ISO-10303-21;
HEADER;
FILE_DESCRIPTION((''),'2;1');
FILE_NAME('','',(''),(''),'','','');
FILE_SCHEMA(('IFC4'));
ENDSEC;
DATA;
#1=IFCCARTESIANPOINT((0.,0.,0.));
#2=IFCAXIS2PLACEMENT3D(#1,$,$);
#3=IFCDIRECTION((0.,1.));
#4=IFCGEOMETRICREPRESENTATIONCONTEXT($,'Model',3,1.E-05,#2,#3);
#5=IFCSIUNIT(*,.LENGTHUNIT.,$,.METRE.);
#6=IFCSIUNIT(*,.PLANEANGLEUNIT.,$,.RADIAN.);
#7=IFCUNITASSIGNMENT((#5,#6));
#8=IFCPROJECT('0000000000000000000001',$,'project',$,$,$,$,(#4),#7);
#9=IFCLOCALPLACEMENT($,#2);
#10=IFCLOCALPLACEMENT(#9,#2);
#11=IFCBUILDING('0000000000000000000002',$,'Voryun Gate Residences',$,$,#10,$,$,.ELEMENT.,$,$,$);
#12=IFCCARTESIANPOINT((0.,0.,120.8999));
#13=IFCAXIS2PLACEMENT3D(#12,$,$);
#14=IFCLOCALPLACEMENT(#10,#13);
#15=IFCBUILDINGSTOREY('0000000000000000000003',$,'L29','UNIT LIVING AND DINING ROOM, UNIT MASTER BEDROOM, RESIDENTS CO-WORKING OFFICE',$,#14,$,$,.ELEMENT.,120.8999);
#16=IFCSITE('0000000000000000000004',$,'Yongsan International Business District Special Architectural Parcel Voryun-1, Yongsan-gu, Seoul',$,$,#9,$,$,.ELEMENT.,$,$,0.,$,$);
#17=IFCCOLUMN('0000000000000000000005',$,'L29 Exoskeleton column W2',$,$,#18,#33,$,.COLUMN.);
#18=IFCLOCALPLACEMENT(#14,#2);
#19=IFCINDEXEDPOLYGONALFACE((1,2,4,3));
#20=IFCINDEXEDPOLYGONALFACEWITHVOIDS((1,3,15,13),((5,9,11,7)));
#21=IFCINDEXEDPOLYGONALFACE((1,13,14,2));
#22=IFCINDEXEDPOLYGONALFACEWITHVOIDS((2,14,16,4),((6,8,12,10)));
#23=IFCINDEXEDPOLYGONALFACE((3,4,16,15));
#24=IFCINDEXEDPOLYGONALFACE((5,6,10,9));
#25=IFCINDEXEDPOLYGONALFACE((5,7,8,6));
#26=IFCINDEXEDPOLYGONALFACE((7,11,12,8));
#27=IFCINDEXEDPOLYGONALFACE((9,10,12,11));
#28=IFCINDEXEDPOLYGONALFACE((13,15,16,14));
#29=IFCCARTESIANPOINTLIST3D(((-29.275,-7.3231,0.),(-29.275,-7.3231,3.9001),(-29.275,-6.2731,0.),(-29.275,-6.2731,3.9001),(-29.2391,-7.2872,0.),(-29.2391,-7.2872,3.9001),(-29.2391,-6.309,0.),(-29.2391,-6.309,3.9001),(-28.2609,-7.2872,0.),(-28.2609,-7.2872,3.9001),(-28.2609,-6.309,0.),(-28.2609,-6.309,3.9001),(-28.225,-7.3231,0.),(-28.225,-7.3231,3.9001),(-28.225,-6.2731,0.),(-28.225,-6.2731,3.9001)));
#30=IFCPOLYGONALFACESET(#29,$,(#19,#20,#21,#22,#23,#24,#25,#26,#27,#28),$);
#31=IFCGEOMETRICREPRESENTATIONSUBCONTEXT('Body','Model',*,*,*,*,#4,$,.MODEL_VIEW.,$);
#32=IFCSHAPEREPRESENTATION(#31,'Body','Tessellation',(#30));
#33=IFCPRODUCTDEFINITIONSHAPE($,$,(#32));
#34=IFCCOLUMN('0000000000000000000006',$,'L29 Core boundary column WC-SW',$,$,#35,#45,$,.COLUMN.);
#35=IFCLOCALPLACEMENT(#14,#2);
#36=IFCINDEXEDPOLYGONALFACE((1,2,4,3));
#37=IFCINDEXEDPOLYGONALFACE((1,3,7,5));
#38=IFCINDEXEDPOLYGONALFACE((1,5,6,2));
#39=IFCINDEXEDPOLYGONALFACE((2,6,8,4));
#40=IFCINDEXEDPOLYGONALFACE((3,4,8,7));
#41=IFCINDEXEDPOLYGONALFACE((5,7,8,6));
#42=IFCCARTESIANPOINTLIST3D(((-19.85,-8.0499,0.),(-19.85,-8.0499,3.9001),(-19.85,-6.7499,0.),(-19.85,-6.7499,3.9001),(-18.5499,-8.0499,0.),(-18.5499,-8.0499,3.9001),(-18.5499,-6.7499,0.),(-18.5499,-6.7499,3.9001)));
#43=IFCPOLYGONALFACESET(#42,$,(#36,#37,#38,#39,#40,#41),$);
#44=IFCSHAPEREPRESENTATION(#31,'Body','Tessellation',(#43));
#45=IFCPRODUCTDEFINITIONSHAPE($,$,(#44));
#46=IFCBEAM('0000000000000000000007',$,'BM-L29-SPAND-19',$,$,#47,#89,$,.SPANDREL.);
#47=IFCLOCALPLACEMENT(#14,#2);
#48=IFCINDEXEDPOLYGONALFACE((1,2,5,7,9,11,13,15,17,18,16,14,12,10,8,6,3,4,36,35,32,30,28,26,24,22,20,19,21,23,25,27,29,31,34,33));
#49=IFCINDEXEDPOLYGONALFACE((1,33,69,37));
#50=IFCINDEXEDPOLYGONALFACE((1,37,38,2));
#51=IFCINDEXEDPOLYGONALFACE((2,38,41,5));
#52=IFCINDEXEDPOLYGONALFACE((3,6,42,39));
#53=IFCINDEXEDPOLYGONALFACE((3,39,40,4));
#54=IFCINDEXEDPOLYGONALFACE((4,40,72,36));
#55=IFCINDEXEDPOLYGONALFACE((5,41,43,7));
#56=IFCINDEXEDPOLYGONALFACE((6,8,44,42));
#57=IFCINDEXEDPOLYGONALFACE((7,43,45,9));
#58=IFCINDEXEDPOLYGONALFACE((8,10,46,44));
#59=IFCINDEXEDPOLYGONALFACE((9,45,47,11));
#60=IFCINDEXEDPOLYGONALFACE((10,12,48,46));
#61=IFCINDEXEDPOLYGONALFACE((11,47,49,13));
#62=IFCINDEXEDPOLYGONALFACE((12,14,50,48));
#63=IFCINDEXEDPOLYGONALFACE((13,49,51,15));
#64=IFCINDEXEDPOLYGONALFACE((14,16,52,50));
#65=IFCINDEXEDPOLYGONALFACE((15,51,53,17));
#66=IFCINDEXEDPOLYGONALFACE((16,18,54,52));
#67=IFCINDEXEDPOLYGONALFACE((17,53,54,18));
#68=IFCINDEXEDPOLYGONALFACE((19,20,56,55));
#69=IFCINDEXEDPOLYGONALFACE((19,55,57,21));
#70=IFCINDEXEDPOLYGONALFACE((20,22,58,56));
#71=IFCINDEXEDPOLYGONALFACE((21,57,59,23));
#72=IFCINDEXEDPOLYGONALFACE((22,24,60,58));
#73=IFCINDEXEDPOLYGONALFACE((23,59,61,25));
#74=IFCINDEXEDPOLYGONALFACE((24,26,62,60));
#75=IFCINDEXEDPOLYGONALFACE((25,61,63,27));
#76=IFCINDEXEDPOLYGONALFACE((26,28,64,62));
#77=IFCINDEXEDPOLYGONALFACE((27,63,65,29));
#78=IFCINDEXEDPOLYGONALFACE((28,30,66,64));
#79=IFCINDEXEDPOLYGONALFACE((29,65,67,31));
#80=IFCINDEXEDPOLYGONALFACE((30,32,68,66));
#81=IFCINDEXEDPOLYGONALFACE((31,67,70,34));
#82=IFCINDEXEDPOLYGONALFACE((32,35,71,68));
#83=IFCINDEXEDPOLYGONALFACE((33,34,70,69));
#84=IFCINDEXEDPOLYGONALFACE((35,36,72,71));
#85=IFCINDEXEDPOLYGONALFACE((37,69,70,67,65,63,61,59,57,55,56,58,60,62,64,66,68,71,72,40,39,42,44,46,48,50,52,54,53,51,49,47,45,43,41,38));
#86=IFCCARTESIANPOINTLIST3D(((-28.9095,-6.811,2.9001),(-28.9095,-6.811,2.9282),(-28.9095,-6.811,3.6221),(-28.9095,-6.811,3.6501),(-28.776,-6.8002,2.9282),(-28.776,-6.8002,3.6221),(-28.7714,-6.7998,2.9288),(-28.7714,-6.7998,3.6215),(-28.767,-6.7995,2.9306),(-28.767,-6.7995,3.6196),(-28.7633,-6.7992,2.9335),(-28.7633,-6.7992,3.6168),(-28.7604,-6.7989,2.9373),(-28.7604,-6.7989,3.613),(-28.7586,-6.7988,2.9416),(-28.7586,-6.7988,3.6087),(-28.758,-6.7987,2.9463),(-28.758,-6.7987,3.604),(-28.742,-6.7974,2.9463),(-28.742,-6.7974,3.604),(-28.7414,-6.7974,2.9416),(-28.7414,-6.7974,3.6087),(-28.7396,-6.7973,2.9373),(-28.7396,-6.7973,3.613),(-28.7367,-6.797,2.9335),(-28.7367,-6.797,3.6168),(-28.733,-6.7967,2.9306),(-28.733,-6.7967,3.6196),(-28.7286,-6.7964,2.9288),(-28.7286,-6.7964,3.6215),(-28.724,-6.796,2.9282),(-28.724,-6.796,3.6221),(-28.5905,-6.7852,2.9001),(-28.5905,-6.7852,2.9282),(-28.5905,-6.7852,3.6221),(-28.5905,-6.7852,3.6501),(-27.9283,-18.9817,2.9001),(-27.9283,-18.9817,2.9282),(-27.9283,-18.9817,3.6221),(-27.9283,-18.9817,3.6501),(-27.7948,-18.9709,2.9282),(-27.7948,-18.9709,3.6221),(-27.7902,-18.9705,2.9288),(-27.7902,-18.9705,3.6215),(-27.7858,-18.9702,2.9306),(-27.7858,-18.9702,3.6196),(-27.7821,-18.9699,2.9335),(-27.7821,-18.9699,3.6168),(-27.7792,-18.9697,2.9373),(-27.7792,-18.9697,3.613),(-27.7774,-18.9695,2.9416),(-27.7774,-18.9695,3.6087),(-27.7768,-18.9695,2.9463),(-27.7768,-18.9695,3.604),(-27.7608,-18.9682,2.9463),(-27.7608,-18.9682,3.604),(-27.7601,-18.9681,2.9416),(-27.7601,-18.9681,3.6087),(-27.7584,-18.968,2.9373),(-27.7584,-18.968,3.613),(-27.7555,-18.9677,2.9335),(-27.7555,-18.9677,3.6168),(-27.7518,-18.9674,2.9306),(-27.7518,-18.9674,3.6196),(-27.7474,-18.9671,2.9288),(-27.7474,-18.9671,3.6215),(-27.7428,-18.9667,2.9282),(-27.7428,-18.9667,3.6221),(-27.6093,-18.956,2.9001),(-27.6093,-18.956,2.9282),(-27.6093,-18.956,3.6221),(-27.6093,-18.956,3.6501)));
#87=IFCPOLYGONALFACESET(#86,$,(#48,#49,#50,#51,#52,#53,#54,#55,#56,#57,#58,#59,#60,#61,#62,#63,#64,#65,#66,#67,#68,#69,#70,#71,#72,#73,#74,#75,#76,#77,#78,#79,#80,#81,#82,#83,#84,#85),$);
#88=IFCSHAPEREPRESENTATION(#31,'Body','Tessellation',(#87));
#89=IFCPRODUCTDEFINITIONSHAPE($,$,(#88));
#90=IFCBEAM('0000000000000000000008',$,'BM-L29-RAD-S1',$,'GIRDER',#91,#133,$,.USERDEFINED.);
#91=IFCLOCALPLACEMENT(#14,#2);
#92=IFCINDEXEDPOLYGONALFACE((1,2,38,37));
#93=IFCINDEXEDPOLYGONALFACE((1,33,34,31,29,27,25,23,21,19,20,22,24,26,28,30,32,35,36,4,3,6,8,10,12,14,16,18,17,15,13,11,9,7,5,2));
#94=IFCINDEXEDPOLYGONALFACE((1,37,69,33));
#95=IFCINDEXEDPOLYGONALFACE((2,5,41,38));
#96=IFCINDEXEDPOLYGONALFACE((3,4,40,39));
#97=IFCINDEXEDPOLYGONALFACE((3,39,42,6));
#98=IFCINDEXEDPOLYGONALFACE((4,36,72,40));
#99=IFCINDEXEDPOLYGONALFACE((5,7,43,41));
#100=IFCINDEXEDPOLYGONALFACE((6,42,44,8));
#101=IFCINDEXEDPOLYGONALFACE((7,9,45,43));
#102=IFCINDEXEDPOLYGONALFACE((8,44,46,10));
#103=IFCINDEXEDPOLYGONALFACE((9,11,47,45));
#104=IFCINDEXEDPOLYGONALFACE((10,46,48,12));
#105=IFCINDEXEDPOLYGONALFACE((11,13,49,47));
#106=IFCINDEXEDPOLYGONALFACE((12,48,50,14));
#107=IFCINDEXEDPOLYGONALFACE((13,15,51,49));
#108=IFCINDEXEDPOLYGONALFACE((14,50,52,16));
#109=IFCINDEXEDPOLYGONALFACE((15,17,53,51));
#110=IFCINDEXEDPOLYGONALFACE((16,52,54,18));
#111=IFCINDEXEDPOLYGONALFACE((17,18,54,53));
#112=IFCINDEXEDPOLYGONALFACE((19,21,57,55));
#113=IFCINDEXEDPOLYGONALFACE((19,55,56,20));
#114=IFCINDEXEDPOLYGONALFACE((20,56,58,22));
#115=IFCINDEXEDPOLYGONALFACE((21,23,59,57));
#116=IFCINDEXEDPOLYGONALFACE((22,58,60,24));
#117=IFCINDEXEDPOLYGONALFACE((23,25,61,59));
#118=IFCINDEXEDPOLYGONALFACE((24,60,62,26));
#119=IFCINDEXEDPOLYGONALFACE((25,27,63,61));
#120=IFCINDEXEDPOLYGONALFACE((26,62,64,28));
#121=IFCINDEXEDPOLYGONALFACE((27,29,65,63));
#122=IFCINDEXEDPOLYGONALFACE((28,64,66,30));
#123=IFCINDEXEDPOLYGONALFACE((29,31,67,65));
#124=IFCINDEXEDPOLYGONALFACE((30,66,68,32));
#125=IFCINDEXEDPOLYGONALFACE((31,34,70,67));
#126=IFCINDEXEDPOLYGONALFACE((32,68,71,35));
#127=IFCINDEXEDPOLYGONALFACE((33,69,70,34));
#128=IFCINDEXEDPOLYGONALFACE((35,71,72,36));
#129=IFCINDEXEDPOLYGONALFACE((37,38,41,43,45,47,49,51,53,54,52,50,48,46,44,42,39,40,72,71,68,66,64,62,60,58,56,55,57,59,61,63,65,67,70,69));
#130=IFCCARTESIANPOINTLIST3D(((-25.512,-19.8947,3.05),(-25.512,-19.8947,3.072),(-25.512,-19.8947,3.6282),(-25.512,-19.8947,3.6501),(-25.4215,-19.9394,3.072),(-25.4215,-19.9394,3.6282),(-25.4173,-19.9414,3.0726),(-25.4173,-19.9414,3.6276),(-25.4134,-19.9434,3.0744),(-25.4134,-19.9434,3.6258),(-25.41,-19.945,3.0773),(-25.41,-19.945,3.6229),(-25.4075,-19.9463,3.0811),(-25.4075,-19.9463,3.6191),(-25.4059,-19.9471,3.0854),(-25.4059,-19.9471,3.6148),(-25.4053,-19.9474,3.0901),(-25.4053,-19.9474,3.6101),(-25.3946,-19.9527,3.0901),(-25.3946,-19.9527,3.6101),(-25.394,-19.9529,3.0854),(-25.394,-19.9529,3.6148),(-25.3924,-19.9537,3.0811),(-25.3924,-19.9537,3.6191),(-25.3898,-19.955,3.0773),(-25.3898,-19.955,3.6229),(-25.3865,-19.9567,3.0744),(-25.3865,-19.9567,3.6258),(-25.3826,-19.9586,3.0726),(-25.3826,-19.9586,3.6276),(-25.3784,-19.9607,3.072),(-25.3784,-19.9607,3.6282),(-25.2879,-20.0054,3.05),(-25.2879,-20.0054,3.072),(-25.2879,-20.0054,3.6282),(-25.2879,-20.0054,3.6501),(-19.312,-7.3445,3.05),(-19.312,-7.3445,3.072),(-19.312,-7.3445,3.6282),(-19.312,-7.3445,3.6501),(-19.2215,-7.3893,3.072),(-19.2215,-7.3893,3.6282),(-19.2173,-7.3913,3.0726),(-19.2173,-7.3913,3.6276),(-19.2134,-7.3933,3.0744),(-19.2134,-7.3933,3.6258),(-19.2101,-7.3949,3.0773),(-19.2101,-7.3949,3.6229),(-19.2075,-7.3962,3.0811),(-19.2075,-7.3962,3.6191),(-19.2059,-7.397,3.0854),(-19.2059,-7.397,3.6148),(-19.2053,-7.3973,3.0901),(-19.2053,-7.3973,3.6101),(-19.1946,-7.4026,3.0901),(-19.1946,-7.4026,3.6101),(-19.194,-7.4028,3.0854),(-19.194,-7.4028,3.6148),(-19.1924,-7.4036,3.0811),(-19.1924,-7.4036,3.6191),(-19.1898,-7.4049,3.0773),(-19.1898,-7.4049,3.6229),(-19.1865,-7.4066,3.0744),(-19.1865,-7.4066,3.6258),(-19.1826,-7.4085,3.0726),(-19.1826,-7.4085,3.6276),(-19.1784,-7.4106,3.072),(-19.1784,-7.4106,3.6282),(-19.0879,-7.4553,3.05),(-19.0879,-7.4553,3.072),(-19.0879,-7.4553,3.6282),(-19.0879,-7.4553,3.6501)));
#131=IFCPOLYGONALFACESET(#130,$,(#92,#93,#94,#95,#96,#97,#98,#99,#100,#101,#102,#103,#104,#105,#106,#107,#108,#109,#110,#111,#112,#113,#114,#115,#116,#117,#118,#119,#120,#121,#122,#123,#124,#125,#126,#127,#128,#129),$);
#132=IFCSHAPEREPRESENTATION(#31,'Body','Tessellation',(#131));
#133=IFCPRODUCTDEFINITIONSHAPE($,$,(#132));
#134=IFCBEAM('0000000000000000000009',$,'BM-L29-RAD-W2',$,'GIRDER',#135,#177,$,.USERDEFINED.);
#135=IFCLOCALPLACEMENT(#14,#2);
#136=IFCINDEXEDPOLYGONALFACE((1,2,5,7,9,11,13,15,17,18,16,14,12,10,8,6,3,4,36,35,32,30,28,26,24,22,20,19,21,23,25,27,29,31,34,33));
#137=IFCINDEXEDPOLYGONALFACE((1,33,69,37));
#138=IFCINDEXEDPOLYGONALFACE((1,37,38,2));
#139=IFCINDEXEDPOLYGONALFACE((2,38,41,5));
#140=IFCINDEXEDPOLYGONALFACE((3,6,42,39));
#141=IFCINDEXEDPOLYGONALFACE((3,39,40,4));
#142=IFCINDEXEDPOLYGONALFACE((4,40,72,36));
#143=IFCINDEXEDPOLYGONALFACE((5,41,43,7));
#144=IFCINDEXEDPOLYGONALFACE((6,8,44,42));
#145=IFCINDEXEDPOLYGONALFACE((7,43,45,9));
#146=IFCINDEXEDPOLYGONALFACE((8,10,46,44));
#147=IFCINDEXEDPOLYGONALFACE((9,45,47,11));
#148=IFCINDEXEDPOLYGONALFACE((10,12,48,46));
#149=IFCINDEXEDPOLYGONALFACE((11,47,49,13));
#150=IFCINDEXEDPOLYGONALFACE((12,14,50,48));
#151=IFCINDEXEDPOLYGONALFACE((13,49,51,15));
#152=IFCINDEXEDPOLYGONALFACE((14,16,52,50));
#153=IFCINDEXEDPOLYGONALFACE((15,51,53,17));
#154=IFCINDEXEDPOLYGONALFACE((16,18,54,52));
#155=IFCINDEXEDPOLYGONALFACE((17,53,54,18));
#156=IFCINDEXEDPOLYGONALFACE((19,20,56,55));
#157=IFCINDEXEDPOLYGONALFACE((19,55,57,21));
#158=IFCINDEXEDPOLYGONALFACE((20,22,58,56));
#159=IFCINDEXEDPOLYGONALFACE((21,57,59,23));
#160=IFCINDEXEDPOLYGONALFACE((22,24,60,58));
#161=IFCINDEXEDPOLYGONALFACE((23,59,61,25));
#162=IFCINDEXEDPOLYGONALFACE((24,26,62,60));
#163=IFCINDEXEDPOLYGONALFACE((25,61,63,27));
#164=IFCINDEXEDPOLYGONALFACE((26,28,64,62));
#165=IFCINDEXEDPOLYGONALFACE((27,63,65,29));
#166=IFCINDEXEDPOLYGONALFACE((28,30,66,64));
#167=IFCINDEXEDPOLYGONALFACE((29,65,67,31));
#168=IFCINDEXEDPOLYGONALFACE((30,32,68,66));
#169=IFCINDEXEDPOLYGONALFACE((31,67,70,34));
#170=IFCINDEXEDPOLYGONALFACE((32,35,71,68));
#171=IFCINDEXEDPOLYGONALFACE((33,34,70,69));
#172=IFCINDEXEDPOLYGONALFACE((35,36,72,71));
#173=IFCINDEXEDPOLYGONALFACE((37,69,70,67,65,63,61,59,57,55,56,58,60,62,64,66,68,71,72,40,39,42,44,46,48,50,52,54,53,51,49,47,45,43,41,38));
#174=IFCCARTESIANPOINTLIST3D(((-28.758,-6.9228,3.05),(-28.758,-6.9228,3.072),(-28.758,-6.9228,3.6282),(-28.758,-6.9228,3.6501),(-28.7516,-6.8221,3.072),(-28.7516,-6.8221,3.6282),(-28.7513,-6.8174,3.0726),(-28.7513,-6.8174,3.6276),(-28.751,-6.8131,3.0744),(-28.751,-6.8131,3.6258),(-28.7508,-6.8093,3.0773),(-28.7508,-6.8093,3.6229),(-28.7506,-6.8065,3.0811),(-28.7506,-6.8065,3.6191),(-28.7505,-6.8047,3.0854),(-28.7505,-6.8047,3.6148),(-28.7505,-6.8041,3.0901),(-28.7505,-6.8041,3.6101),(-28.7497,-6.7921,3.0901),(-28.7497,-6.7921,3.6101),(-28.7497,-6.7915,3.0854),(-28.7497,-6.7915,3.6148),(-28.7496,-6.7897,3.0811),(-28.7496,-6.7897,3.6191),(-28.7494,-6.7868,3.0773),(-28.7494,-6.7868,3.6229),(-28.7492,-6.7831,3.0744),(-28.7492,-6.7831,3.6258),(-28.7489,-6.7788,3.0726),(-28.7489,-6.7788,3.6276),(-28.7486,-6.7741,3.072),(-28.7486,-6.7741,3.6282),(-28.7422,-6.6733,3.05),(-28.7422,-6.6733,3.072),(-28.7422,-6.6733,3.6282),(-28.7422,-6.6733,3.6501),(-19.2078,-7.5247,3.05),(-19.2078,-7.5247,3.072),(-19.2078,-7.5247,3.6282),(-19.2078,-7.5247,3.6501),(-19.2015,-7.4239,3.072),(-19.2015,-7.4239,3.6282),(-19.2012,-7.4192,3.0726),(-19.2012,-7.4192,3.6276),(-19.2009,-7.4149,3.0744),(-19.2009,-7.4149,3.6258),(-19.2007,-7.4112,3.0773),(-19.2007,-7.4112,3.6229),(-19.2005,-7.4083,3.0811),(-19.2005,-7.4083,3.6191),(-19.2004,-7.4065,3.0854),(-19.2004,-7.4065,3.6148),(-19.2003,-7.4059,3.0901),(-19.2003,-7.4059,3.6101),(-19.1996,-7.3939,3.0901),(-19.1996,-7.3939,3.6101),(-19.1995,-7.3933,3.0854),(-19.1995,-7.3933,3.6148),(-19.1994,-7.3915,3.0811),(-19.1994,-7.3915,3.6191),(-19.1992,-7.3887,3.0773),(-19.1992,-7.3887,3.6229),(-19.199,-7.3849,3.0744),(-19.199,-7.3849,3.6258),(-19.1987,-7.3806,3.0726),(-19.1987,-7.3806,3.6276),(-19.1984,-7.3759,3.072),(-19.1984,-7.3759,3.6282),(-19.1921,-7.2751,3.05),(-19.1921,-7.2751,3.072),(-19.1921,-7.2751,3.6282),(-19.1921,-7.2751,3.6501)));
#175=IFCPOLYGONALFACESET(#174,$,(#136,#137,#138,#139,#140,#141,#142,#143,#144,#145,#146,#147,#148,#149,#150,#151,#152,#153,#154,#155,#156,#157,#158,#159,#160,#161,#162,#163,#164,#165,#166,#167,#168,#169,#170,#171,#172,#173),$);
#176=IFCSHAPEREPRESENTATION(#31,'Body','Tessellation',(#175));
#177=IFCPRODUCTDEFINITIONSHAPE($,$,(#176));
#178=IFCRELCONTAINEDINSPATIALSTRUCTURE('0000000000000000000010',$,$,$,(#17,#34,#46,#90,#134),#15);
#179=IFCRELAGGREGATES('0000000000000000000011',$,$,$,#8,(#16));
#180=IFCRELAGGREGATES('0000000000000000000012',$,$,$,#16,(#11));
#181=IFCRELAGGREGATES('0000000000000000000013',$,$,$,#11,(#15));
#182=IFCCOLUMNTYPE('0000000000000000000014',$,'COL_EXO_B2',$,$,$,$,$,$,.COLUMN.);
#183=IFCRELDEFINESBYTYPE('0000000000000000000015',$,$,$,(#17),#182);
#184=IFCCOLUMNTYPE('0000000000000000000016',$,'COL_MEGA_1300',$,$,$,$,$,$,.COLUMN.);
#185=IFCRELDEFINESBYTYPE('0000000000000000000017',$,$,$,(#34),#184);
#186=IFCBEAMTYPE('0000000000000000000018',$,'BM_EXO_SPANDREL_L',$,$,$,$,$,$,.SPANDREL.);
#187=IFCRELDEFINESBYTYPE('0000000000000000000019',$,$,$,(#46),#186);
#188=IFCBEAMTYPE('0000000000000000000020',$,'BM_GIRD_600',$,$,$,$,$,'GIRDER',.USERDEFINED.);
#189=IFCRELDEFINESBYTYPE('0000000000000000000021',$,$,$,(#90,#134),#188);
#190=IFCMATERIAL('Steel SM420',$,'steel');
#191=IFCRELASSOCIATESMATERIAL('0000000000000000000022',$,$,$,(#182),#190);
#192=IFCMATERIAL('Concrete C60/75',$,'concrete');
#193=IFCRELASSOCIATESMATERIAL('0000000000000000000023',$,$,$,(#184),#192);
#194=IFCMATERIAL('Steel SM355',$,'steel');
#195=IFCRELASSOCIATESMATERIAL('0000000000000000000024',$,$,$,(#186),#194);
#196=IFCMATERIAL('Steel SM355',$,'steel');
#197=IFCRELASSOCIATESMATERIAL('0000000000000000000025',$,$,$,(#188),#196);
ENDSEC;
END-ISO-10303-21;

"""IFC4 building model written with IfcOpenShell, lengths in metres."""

from ifc_helpers import new_model, si_unit, direction, frame, origin, origin_2d, place, context, subcontext, project, spatial, rectangle, hollow_rectangle, i_section, extrude, material, material_profile, profile_set, type_object, element, save


model = new_model("IFC4")

# Units and contexts
model_context = context("Model", 3, precision=1e-05, world=origin(), true_north=direction((0.0, 1.0)))
body_context = subcontext(model_context, "Body", "Model", "MODEL_VIEW")
ifc_project = project(units=[si_unit("LENGTHUNIT", "METRE"), si_unit("PLANEANGLEUNIT", "RADIAN")], contexts=[model_context])

# Site, building, storey
site_placement = place(None, origin())
site = spatial("IfcSite", under=ifc_project, at=site_placement, Name="Yongsan International Business District Special Architectural Parcel Voryun-1, Yongsan-gu, Seoul", CompositionType="ELEMENT", RefElevation=0.0)
building_placement = place(site_placement, origin())
building = spatial("IfcBuilding", under=site, at=building_placement, Name="Voryun Gate Residences", CompositionType="ELEMENT")
storey_placement = place(building_placement, frame((0.0, 0.0, 120.8999)))
storey = spatial("IfcBuildingStorey", under=building, at=storey_placement, Name="L29", Description="UNIT LIVING AND DINING ROOM, UNIT MASTER BEDROOM, RESIDENTS CO-WORKING OFFICE", CompositionType="ELEMENT", Elevation=120.8999)

# Columns
ifc_material_1 = material(Name="Steel SM420", Category="steel")
ifc_material_profile_1 = material_profile(ifc_material_1, hollow_rectangle(XDim=1.05, YDim=1.05, WallThickness=0.0359, at=origin_2d()), Name="BOX-1050x1050x36")
ifc_profile_set_1 = profile_set([ifc_material_profile_1], Name="Steel SM420")
column_type_1 = type_object("IfcColumnType", Name="COL_EXO_B2", PredefinedType="COLUMN", material=ifc_profile_set_1)
column_1_placement = place(storey_placement, frame((-28.75, -6.7981, 0.0), z_axis=(0.0, 0.0, 1.0), x_axis=(1.0, 0.0, 0.0)))
element("IfcColumn", 1, at=column_1_placement, inside=storey, type_object=column_type_1, Name="L29 Exoskeleton column W2", PredefinedType="COLUMN", context=body_context, shape_type="SweptSolid", body=[
    extrude(hollow_rectangle(XDim=1.05, YDim=1.05, WallThickness=0.0359, at=origin_2d()), origin(), (0.0, 0.0, 1.0), 3.9001),
])
ifc_material_2 = material(Name="Concrete C60/75", Category="concrete")
ifc_material_profile_2 = material_profile(ifc_material_2, rectangle(XDim=1.3, YDim=1.3, at=origin_2d()), Name="RC-1300x1300")
ifc_profile_set_2 = profile_set([ifc_material_profile_2], Name="Concrete C60/75")
column_type_2 = type_object("IfcColumnType", Name="COL_MEGA_1300", PredefinedType="COLUMN", material=ifc_profile_set_2)
column_2_placement = place(storey_placement, frame((-19.2, -7.3999, 0.0), z_axis=(0.0, 0.0, 1.0), x_axis=(1.0, 0.0, 0.0)))
element("IfcColumn", 2, at=column_2_placement, inside=storey, type_object=column_type_2, Name="L29 Core boundary column WC-SW", PredefinedType="COLUMN", context=body_context, shape_type="SweptSolid", body=[
    extrude(rectangle(XDim=1.3, YDim=1.3, at=origin_2d()), origin(), (0.0, 0.0, 1.0), 3.9001),
])

# Beams
ifc_material_3 = material(Name="Steel SM355", Category="steel")
ifc_material_profile_3 = material_profile(ifc_material_3, i_section(OverallWidth=0.3201, OverallDepth=0.75, WebThickness=0.0161, FlangeThickness=0.0281, FilletRadius=0.0181, at=origin_2d()), Name="H-750x320x16x28")
ifc_profile_set_3 = profile_set([ifc_material_profile_3], Name="Steel SM355")
beam_type_1 = type_object("IfcBeamType", Name="BM_EXO_SPANDREL_L", PredefinedType="SPANDREL", material=ifc_profile_set_3)
beam_1_placement = place(storey_placement, frame((-28.75, -6.7981, 3.2751), z_axis=(0.08036, -0.996766, 0.0), x_axis=(0.996766, 0.08036, 0.0)))
element("IfcBeam", 3, at=beam_1_placement, inside=storey, type_object=beam_type_1, Name="BM-L29-SPAND-19", PredefinedType="SPANDREL", context=body_context, shape_type="SweptSolid", body=[
    extrude(i_section(OverallWidth=0.3201, OverallDepth=0.75, WebThickness=0.0161, FlangeThickness=0.0281, FilletRadius=0.0181, at=origin_2d()), origin(), (0.0, 0.0, 1.0), 12.2102),
])
ifc_material_4 = material(Name="Steel SM355", Category="steel")
ifc_material_profile_4 = material_profile(ifc_material_4, i_section(OverallWidth=0.25, OverallDepth=0.6001, WebThickness=0.012, FlangeThickness=0.022, FilletRadius=0.0181, at=origin_2d()), Name="H-600x250x12x22")
ifc_profile_set_4 = profile_set([ifc_material_profile_4], Name="Steel SM355")
beam_type_2 = type_object("IfcBeamType", Name="BM_GIRD_600", ElementType="GIRDER", PredefinedType="USERDEFINED", material=ifc_profile_set_4)
beam_2_placement = place(storey_placement, frame((-19.2, -7.3999, 3.3501), z_axis=(-0.442918, -0.896562, 0.0), x_axis=(0.896562, -0.442918, 0.0)))
element("IfcBeam", 4, at=beam_2_placement, inside=storey, type_object=beam_type_2, Name="BM-L29-RAD-S1", ObjectType="GIRDER", PredefinedType="USERDEFINED", context=body_context, shape_type="SweptSolid", body=[
    extrude(i_section(OverallWidth=0.25, OverallDepth=0.6001, WebThickness=0.012, FlangeThickness=0.022, FilletRadius=0.0181, at=origin_2d()), origin(), (0.0, 0.0, 1.0), 13.998),
])
beam_3_placement = place(storey_placement, frame((-19.2, -7.3999, 3.3501), z_axis=(-0.99802, 0.062891, 0.0), x_axis=(-0.062891, -0.99802, 0.0)))
element("IfcBeam", 5, at=beam_3_placement, inside=storey, type_object=beam_type_2, Name="BM-L29-RAD-W2", ObjectType="GIRDER", PredefinedType="USERDEFINED", context=body_context, shape_type="SweptSolid", body=[
    extrude(i_section(OverallWidth=0.25, OverallDepth=0.6001, WebThickness=0.012, FlangeThickness=0.022, FilletRadius=0.0181, at=origin_2d()), origin(), (0.0, 0.0, 1.0), 9.5691),
])

save(model, "model.ifc")
